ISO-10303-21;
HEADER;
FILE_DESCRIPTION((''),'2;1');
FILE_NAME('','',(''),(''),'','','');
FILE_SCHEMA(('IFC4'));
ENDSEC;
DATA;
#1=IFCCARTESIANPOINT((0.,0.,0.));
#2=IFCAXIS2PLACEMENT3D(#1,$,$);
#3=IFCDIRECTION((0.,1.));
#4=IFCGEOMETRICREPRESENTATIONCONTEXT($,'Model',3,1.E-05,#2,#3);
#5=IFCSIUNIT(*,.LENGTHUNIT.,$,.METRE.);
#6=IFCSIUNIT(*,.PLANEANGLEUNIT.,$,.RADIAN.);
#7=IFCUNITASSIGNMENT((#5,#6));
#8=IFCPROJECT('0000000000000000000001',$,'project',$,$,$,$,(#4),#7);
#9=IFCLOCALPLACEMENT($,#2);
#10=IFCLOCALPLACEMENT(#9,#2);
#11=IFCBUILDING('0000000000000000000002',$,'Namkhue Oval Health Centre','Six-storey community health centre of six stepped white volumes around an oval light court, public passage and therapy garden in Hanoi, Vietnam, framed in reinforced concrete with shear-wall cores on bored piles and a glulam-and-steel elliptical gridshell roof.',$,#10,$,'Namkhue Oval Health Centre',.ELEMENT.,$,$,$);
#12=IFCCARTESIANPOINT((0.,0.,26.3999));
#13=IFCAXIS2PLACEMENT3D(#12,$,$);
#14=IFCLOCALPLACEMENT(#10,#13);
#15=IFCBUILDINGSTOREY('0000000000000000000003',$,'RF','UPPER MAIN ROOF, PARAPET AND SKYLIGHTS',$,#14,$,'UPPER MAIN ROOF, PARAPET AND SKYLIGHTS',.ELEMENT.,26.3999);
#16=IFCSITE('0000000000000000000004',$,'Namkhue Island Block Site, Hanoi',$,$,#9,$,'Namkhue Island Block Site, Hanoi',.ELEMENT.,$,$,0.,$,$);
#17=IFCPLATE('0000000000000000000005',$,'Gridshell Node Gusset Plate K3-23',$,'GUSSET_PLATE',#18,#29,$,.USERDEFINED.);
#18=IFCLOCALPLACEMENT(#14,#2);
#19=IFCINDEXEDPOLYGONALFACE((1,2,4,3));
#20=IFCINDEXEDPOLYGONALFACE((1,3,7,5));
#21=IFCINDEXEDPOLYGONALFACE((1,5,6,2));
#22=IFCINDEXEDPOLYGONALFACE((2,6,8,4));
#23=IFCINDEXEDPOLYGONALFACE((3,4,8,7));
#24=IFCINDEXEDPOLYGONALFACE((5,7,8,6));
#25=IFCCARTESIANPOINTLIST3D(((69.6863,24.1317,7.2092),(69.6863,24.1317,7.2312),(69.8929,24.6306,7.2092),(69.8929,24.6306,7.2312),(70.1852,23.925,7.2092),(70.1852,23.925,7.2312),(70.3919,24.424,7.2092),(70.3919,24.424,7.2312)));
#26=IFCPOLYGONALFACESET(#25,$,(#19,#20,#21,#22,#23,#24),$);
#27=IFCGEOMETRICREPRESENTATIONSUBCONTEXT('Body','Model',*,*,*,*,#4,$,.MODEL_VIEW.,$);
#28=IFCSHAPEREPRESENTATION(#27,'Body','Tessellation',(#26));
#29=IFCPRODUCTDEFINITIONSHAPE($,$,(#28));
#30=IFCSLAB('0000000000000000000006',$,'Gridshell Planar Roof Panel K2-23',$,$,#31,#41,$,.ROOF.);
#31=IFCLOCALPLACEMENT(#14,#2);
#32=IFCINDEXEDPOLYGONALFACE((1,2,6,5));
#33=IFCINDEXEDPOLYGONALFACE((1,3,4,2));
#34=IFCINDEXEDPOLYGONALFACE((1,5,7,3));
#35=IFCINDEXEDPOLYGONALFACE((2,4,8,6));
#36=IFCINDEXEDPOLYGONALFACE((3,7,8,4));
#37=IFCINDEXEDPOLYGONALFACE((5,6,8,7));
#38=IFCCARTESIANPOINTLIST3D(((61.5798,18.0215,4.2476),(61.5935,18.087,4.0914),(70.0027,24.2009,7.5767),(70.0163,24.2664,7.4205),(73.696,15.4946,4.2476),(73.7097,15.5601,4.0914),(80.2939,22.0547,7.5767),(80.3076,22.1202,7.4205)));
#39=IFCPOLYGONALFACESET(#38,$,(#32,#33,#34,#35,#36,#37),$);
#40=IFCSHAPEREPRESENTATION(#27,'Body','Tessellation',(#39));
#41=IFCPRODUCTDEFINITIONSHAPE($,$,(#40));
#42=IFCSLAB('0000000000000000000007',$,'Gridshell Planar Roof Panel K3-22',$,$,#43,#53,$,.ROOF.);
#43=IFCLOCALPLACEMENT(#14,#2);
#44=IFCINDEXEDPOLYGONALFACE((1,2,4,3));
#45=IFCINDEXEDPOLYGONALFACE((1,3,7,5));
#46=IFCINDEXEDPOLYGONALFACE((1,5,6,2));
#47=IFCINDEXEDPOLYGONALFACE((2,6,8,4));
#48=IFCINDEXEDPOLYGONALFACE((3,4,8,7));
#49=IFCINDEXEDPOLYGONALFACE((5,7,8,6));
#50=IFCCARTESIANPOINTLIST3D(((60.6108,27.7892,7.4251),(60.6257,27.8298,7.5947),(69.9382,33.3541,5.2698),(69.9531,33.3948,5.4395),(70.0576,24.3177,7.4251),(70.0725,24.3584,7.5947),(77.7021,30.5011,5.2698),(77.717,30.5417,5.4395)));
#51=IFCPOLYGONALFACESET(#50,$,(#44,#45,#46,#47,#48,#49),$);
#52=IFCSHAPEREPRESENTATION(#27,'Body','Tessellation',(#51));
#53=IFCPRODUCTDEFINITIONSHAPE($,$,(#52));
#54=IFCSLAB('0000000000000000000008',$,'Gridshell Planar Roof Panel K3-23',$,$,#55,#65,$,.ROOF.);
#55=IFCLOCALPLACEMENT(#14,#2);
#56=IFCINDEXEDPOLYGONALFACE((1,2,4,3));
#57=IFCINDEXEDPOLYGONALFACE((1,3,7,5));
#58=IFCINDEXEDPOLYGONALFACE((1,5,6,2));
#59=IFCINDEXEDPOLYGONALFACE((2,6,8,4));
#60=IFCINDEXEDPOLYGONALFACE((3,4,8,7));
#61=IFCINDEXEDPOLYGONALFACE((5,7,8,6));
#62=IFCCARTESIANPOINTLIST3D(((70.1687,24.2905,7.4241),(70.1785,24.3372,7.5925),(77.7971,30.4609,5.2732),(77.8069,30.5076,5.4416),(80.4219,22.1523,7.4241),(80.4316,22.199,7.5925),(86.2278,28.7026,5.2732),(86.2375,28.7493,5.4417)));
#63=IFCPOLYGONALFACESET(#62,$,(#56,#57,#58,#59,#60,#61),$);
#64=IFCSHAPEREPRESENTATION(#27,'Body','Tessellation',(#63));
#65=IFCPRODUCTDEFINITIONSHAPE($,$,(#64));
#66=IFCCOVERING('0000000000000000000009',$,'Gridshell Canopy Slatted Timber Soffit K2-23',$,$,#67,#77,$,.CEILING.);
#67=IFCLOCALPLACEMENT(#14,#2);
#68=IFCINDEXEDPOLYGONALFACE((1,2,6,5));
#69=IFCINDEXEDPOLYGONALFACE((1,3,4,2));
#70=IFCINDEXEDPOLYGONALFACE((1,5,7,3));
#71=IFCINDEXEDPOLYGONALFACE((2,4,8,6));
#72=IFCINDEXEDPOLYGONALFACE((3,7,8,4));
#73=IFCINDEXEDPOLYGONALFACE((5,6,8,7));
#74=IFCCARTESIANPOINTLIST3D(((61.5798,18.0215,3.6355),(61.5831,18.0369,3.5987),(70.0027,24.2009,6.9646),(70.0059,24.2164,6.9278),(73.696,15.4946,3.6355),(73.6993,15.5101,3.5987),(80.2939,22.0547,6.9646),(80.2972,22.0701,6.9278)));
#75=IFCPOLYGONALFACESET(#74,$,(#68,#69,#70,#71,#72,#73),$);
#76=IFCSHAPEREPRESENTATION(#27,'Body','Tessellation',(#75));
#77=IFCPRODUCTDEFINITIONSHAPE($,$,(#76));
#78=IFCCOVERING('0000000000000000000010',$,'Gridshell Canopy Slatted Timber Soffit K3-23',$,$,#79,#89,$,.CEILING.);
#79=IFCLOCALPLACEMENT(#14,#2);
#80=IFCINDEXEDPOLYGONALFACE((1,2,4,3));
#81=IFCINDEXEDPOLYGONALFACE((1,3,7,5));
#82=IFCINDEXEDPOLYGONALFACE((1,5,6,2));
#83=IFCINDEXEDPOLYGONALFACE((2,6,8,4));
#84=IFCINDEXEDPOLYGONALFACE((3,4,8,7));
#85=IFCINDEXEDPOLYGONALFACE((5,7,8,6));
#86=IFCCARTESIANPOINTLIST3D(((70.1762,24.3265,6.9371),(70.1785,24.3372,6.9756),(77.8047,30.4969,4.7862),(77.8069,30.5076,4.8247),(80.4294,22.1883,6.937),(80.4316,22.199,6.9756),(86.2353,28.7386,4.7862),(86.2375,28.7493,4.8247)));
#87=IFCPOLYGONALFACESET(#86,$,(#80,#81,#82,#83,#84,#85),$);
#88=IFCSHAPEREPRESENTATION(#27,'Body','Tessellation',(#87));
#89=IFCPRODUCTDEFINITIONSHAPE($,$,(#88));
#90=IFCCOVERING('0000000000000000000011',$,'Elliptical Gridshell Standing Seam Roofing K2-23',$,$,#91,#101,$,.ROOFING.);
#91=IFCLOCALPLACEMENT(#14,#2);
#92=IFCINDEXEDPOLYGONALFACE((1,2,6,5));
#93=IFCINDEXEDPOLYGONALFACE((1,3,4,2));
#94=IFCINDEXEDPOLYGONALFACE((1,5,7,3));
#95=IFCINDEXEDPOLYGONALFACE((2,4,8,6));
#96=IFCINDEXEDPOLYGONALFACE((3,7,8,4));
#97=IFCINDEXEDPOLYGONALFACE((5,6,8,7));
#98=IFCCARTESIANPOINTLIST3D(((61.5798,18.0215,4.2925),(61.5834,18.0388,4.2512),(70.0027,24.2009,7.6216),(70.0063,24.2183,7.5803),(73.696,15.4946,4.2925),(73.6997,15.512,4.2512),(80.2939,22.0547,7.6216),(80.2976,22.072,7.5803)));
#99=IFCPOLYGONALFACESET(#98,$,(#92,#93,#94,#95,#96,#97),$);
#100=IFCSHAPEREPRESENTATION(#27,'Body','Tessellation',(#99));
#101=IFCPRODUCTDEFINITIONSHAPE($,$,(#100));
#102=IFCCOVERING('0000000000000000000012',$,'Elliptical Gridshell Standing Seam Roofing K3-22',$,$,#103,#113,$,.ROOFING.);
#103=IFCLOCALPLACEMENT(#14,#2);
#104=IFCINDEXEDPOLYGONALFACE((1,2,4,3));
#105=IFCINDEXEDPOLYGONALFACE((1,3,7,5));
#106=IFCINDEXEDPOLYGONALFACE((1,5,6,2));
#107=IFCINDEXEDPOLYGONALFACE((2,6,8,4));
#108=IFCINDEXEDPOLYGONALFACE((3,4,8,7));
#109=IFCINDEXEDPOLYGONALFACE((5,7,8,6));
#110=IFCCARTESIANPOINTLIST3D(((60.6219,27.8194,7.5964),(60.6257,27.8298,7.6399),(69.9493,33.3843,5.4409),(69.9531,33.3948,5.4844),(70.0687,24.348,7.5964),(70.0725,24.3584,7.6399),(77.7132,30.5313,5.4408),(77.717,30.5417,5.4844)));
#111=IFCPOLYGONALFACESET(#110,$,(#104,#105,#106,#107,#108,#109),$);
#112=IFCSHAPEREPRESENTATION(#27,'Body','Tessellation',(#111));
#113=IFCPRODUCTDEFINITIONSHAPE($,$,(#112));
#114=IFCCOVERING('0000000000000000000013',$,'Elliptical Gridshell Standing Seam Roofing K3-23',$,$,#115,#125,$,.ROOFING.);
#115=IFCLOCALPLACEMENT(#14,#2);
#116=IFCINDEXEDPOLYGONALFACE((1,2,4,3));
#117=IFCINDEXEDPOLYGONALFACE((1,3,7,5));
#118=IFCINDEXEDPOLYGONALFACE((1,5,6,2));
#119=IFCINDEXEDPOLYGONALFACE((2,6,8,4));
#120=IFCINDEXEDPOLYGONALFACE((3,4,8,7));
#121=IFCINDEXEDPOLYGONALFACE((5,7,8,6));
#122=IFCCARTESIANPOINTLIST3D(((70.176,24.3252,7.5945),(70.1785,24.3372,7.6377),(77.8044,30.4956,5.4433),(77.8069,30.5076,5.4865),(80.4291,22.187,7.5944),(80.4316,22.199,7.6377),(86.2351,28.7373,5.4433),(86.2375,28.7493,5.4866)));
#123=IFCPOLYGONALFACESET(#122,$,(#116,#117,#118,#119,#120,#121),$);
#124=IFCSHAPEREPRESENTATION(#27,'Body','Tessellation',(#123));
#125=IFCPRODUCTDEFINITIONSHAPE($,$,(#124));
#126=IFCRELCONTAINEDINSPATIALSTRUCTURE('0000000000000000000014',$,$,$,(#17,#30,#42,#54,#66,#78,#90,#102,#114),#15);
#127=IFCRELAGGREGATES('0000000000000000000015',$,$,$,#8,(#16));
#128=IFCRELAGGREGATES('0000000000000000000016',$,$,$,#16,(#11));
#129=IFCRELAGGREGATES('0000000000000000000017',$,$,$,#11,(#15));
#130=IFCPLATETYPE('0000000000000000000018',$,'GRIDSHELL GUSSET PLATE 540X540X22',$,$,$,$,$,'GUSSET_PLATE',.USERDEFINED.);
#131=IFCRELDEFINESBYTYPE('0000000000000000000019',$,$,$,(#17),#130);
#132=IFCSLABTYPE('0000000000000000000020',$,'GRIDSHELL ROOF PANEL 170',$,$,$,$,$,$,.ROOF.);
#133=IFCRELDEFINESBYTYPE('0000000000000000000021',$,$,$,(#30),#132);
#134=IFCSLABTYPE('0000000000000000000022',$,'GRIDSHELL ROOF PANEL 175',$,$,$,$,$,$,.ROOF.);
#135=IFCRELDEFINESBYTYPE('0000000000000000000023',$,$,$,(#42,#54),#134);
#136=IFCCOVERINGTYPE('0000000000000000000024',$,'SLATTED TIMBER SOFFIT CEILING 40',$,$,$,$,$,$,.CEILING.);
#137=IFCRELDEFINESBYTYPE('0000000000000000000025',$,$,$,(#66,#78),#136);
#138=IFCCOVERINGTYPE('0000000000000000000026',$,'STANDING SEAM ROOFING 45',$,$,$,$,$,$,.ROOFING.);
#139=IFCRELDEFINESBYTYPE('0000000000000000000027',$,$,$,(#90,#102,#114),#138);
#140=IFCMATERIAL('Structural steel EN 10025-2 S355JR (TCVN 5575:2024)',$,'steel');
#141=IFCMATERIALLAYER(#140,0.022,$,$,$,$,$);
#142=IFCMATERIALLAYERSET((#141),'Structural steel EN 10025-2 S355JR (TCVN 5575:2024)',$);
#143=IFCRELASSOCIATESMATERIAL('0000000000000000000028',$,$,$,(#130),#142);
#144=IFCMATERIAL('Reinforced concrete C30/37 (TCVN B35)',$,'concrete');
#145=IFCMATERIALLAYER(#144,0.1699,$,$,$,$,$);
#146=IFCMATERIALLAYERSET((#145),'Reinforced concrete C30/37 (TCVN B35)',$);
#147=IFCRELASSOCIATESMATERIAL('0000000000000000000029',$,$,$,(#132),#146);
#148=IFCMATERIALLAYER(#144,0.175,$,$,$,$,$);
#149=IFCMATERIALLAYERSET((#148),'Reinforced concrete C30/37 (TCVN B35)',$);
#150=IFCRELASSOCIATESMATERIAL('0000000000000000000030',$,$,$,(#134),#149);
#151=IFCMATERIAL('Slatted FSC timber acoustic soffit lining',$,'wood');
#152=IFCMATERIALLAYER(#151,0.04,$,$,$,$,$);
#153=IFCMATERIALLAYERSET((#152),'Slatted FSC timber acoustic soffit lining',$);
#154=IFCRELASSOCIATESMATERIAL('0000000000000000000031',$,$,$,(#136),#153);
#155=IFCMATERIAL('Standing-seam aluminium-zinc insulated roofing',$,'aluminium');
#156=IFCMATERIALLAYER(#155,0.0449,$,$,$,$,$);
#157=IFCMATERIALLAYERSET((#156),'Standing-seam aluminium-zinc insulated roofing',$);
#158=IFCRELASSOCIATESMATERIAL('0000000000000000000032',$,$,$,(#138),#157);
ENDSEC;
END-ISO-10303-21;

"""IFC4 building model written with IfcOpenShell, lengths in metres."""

from ifc_helpers import new_model, si_unit, direction, frame, origin, origin_2d, place, context, subcontext, project, spatial, polyline, rectangle, outline, extrude, material, layer, layer_set, type_object, element, save


model = new_model("IFC4")

# Units and contexts
model_context = context("Model", 3, precision=1e-05, world=origin(), true_north=direction((0.0, 1.0)))
body_context = subcontext(model_context, "Body", "Model", "MODEL_VIEW")
ifc_project = project(units=[si_unit("LENGTHUNIT", "METRE"), si_unit("PLANEANGLEUNIT", "RADIAN")], contexts=[model_context])

# Site, building, storey
site_placement = place(None, origin())
site = spatial("IfcSite", under=ifc_project, at=site_placement, Name="Namkhue Island Block Site, Hanoi", LongName="Namkhue Island Block Site, Hanoi", CompositionType="ELEMENT", RefElevation=0.0)
building_placement = place(site_placement, origin())
building = spatial("IfcBuilding", under=site, at=building_placement, Name="Namkhue Oval Health Centre", Description="Six-storey community health centre of six stepped white volumes around an oval light court, public passage and therapy garden in Hanoi, Vietnam, framed in reinforced concrete with shear-wall cores on bored piles and a glulam-and-steel elliptical gridshell roof.", LongName="Namkhue Oval Health Centre", CompositionType="ELEMENT")
storey_placement = place(building_placement, frame((0.0, 0.0, 26.3999)))
storey = spatial("IfcBuildingStorey", under=building, at=storey_placement, Name="RF", Description="UPPER MAIN ROOF, PARAPET AND SKYLIGHTS", LongName="UPPER MAIN ROOF, PARAPET AND SKYLIGHTS", CompositionType="ELEMENT", Elevation=26.3999)

# Shared definitions
ifc_material_1 = material(Name="Structural steel EN 10025-2 S355JR (TCVN 5575:2024)", Category="steel")

# Plate
ifc_layer_1 = layer(ifc_material_1, 0.022)
ifc_layer_set_1 = layer_set([ifc_layer_1], Name="Structural steel EN 10025-2 S355JR (TCVN 5575:2024)")
plate_type_1 = type_object("IfcPlateType", Name="GRIDSHELL GUSSET PLATE 540X540X22", ElementType="GUSSET_PLATE", PredefinedType="USERDEFINED", material=ifc_layer_set_1)
for number, where, z_axis, x_axis, name in (
    (1, (70.0391, 24.2778, 7.2092), (0.0, 0.0, 1.0), (-0.382683, -0.92388, 0.0), "Gridshell Node Gusset Plate K3-23"),
):
    element("IfcPlate", number, at=place(storey_placement, frame(where, z_axis=z_axis, x_axis=x_axis)), inside=storey, type_object=plate_type_1, Name=name, ObjectType="GUSSET_PLATE", PredefinedType="USERDEFINED", context=body_context, shape_type="SweptSolid", body=[
        extrude(rectangle(XDim=0.54, YDim=0.54, at=origin_2d()), origin(), (0.0, 0.0, 1.0), 0.022),
    ])

# Slabs
ifc_material_2 = material(Name="Reinforced concrete C30/37 (TCVN B35)", Category="concrete")
ifc_layer_2 = layer(ifc_material_2, 0.1699)
ifc_layer_set_2 = layer_set([ifc_layer_2], Name="Reinforced concrete C30/37 (TCVN B35)")
slab_type_1 = type_object("IfcSlabType", Name="GRIDSHELL ROOF PANEL 170", PredefinedType="ROOF", material=ifc_layer_set_2)
slab_1_placement = place(storey_placement, frame((61.5798, 18.0215, 4.2476), z_axis=(-0.080413, -0.385581, 0.919163), x_axis=(0.978938, -0.204159, 0.0)))
element("IfcSlab", 2, at=slab_1_placement, inside=storey, type_object=slab_type_1, Name="Gridshell Planar Roof Panel K2-23", PredefinedType="ROOF", context=body_context, shape_type="SweptSolid", body=[
    extrude(outline(polyline([(0.0, 0.0), (12.3769, 0.0), (17.4965, 8.4522), (6.9839, 8.4521), (0.0, 0.0)])), origin(), (0.0, 0.0, -1.0), 0.1699),
])
ifc_layer_3 = layer(ifc_material_2, 0.175)
ifc_layer_set_3 = layer_set([ifc_layer_3], Name="Reinforced concrete C30/37 (TCVN B35)")
slab_type_2 = type_object("IfcSlabType", Name="GRIDSHELL ROOF PANEL 175", PredefinedType="ROOF", material=ifc_layer_set_3)
slab_2_placement = place(storey_placement, frame((60.6257, 27.8298, 7.5947), z_axis=(0.085336, 0.232223, 0.968912), x_axis=(0.938631, -0.344922, 0.0)))
element("IfcSlab", 3, at=slab_2_placement, inside=storey, type_object=slab_type_2, Name="Gridshell Planar Roof Panel K3-22", PredefinedType="ROOF", context=body_context, shape_type="SweptSolid", body=[
    extrude(outline(polyline([(0.0, 0.0), (10.0644, 0.0), (15.107, 8.7115), (6.8355, 8.7115), (0.0, 0.0)])), origin(), (0.0, 0.0, -1.0), 0.175),
])
slab_3_placement = place(storey_placement, frame((70.1785, 24.3372, 7.5925), z_axis=(0.05561, 0.266653, 0.962187), x_axis=(0.97894, -0.204148, -0.000002)))
element("IfcSlab", 4, at=slab_3_placement, inside=storey, type_object=slab_type_2, Name="Gridshell Planar Roof Panel K3-23", PredefinedType="ROOF", context=body_context, shape_type="SweptSolid", body=[
    extrude(outline(polyline([(0.0, 0.0), (10.4737, 0.0), (14.8202, 7.8962), (6.2081, 7.8964), (0.0, 0.0)])), origin(), (0.0, 0.0, -1.0), 0.175),
])

# Coverings
ifc_material_3 = material(Name="Slatted FSC timber acoustic soffit lining", Category="wood")
ifc_layer_4 = layer(ifc_material_3, 0.04)
ifc_layer_set_4 = layer_set([ifc_layer_4], Name="Slatted FSC timber acoustic soffit lining")
covering_type_1 = type_object("IfcCoveringType", Name="SLATTED TIMBER SOFFIT CEILING 40", PredefinedType="CEILING", material=ifc_layer_set_4)
covering_1_placement = place(storey_placement, frame((61.5798, 18.0215, 3.6355), z_axis=(-0.080413, -0.385581, 0.919163), x_axis=(0.978938, -0.204159, 0.0)))
element("IfcCovering", 5, at=covering_1_placement, inside=storey, type_object=covering_type_1, Name="Gridshell Canopy Slatted Timber Soffit K2-23", PredefinedType="CEILING", context=body_context, shape_type="SweptSolid", body=[
    extrude(outline(polyline([(0.0, 0.0), (12.3769, 0.0), (17.4965, 8.4522), (6.9839, 8.4521), (0.0, 0.0)])), origin(), (0.0, 0.0, -1.0), 0.04),
])
covering_2_placement = place(storey_placement, frame((70.1785, 24.3372, 6.9756), z_axis=(0.05561, 0.266653, 0.962187), x_axis=(0.97894, -0.204148, -0.000002)))
element("IfcCovering", 6, at=covering_2_placement, inside=storey, type_object=covering_type_1, Name="Gridshell Canopy Slatted Timber Soffit K3-23", PredefinedType="CEILING", context=body_context, shape_type="SweptSolid", body=[
    extrude(outline(polyline([(0.0, 0.0), (10.4737, 0.0), (14.8202, 7.8962), (6.2081, 7.8964), (0.0, 0.0)])), origin(), (0.0, 0.0, -1.0), 0.04),
])
ifc_material_4 = material(Name="Standing-seam aluminium-zinc insulated roofing", Category="aluminium")
ifc_layer_5 = layer(ifc_material_4, 0.0449)
ifc_layer_set_5 = layer_set([ifc_layer_5], Name="Standing-seam aluminium-zinc insulated roofing")
covering_type_2 = type_object("IfcCoveringType", Name="STANDING SEAM ROOFING 45", PredefinedType="ROOFING", material=ifc_layer_set_5)
covering_3_placement = place(storey_placement, frame((61.5798, 18.0215, 4.2925), z_axis=(-0.080413, -0.385581, 0.919163), x_axis=(0.978938, -0.204159, 0.0)))
element("IfcCovering", 7, at=covering_3_placement, inside=storey, type_object=covering_type_2, Name="Elliptical Gridshell Standing Seam Roofing K2-23", PredefinedType="ROOFING", context=body_context, shape_type="SweptSolid", body=[
    extrude(outline(polyline([(0.0, 0.0), (12.3769, 0.0), (17.4965, 8.4522), (6.9839, 8.4521), (0.0, 0.0)])), origin(), (0.0, 0.0, -1.0), 0.0449),
])
covering_4_placement = place(storey_placement, frame((60.6257, 27.8298, 7.6399), z_axis=(0.085345, 0.232248, 0.968905), x_axis=(0.938631, -0.344922, 0.0)))
element("IfcCovering", 8, at=covering_4_placement, inside=storey, type_object=covering_type_2, Name="Elliptical Gridshell Standing Seam Roofing K3-22", PredefinedType="ROOFING", context=body_context, shape_type="SweptSolid", body=[
    extrude(outline(polyline([(0.0, 0.0), (10.0644, 0.0), (15.107, 8.7115), (6.8355, 8.7115), (0.0, 0.0)])), origin(), (0.0, 0.0, -1.0), 0.0449),
])
covering_5_placement = place(storey_placement, frame((70.1785, 24.3372, 7.6377), z_axis=(0.055616, 0.266681, 0.962179), x_axis=(0.97894, -0.204148, -0.000002)))
element("IfcCovering", 9, at=covering_5_placement, inside=storey, type_object=covering_type_2, Name="Elliptical Gridshell Standing Seam Roofing K3-23", PredefinedType="ROOFING", context=body_context, shape_type="SweptSolid", body=[
    extrude(outline(polyline([(0.0, 0.0), (10.4737, 0.0), (14.8202, 7.8963), (6.2081, 7.8964), (0.0, 0.0)])), origin(), (0.0, 0.0, -1.0), 0.0449),
])

save(model, "model.ifc")
